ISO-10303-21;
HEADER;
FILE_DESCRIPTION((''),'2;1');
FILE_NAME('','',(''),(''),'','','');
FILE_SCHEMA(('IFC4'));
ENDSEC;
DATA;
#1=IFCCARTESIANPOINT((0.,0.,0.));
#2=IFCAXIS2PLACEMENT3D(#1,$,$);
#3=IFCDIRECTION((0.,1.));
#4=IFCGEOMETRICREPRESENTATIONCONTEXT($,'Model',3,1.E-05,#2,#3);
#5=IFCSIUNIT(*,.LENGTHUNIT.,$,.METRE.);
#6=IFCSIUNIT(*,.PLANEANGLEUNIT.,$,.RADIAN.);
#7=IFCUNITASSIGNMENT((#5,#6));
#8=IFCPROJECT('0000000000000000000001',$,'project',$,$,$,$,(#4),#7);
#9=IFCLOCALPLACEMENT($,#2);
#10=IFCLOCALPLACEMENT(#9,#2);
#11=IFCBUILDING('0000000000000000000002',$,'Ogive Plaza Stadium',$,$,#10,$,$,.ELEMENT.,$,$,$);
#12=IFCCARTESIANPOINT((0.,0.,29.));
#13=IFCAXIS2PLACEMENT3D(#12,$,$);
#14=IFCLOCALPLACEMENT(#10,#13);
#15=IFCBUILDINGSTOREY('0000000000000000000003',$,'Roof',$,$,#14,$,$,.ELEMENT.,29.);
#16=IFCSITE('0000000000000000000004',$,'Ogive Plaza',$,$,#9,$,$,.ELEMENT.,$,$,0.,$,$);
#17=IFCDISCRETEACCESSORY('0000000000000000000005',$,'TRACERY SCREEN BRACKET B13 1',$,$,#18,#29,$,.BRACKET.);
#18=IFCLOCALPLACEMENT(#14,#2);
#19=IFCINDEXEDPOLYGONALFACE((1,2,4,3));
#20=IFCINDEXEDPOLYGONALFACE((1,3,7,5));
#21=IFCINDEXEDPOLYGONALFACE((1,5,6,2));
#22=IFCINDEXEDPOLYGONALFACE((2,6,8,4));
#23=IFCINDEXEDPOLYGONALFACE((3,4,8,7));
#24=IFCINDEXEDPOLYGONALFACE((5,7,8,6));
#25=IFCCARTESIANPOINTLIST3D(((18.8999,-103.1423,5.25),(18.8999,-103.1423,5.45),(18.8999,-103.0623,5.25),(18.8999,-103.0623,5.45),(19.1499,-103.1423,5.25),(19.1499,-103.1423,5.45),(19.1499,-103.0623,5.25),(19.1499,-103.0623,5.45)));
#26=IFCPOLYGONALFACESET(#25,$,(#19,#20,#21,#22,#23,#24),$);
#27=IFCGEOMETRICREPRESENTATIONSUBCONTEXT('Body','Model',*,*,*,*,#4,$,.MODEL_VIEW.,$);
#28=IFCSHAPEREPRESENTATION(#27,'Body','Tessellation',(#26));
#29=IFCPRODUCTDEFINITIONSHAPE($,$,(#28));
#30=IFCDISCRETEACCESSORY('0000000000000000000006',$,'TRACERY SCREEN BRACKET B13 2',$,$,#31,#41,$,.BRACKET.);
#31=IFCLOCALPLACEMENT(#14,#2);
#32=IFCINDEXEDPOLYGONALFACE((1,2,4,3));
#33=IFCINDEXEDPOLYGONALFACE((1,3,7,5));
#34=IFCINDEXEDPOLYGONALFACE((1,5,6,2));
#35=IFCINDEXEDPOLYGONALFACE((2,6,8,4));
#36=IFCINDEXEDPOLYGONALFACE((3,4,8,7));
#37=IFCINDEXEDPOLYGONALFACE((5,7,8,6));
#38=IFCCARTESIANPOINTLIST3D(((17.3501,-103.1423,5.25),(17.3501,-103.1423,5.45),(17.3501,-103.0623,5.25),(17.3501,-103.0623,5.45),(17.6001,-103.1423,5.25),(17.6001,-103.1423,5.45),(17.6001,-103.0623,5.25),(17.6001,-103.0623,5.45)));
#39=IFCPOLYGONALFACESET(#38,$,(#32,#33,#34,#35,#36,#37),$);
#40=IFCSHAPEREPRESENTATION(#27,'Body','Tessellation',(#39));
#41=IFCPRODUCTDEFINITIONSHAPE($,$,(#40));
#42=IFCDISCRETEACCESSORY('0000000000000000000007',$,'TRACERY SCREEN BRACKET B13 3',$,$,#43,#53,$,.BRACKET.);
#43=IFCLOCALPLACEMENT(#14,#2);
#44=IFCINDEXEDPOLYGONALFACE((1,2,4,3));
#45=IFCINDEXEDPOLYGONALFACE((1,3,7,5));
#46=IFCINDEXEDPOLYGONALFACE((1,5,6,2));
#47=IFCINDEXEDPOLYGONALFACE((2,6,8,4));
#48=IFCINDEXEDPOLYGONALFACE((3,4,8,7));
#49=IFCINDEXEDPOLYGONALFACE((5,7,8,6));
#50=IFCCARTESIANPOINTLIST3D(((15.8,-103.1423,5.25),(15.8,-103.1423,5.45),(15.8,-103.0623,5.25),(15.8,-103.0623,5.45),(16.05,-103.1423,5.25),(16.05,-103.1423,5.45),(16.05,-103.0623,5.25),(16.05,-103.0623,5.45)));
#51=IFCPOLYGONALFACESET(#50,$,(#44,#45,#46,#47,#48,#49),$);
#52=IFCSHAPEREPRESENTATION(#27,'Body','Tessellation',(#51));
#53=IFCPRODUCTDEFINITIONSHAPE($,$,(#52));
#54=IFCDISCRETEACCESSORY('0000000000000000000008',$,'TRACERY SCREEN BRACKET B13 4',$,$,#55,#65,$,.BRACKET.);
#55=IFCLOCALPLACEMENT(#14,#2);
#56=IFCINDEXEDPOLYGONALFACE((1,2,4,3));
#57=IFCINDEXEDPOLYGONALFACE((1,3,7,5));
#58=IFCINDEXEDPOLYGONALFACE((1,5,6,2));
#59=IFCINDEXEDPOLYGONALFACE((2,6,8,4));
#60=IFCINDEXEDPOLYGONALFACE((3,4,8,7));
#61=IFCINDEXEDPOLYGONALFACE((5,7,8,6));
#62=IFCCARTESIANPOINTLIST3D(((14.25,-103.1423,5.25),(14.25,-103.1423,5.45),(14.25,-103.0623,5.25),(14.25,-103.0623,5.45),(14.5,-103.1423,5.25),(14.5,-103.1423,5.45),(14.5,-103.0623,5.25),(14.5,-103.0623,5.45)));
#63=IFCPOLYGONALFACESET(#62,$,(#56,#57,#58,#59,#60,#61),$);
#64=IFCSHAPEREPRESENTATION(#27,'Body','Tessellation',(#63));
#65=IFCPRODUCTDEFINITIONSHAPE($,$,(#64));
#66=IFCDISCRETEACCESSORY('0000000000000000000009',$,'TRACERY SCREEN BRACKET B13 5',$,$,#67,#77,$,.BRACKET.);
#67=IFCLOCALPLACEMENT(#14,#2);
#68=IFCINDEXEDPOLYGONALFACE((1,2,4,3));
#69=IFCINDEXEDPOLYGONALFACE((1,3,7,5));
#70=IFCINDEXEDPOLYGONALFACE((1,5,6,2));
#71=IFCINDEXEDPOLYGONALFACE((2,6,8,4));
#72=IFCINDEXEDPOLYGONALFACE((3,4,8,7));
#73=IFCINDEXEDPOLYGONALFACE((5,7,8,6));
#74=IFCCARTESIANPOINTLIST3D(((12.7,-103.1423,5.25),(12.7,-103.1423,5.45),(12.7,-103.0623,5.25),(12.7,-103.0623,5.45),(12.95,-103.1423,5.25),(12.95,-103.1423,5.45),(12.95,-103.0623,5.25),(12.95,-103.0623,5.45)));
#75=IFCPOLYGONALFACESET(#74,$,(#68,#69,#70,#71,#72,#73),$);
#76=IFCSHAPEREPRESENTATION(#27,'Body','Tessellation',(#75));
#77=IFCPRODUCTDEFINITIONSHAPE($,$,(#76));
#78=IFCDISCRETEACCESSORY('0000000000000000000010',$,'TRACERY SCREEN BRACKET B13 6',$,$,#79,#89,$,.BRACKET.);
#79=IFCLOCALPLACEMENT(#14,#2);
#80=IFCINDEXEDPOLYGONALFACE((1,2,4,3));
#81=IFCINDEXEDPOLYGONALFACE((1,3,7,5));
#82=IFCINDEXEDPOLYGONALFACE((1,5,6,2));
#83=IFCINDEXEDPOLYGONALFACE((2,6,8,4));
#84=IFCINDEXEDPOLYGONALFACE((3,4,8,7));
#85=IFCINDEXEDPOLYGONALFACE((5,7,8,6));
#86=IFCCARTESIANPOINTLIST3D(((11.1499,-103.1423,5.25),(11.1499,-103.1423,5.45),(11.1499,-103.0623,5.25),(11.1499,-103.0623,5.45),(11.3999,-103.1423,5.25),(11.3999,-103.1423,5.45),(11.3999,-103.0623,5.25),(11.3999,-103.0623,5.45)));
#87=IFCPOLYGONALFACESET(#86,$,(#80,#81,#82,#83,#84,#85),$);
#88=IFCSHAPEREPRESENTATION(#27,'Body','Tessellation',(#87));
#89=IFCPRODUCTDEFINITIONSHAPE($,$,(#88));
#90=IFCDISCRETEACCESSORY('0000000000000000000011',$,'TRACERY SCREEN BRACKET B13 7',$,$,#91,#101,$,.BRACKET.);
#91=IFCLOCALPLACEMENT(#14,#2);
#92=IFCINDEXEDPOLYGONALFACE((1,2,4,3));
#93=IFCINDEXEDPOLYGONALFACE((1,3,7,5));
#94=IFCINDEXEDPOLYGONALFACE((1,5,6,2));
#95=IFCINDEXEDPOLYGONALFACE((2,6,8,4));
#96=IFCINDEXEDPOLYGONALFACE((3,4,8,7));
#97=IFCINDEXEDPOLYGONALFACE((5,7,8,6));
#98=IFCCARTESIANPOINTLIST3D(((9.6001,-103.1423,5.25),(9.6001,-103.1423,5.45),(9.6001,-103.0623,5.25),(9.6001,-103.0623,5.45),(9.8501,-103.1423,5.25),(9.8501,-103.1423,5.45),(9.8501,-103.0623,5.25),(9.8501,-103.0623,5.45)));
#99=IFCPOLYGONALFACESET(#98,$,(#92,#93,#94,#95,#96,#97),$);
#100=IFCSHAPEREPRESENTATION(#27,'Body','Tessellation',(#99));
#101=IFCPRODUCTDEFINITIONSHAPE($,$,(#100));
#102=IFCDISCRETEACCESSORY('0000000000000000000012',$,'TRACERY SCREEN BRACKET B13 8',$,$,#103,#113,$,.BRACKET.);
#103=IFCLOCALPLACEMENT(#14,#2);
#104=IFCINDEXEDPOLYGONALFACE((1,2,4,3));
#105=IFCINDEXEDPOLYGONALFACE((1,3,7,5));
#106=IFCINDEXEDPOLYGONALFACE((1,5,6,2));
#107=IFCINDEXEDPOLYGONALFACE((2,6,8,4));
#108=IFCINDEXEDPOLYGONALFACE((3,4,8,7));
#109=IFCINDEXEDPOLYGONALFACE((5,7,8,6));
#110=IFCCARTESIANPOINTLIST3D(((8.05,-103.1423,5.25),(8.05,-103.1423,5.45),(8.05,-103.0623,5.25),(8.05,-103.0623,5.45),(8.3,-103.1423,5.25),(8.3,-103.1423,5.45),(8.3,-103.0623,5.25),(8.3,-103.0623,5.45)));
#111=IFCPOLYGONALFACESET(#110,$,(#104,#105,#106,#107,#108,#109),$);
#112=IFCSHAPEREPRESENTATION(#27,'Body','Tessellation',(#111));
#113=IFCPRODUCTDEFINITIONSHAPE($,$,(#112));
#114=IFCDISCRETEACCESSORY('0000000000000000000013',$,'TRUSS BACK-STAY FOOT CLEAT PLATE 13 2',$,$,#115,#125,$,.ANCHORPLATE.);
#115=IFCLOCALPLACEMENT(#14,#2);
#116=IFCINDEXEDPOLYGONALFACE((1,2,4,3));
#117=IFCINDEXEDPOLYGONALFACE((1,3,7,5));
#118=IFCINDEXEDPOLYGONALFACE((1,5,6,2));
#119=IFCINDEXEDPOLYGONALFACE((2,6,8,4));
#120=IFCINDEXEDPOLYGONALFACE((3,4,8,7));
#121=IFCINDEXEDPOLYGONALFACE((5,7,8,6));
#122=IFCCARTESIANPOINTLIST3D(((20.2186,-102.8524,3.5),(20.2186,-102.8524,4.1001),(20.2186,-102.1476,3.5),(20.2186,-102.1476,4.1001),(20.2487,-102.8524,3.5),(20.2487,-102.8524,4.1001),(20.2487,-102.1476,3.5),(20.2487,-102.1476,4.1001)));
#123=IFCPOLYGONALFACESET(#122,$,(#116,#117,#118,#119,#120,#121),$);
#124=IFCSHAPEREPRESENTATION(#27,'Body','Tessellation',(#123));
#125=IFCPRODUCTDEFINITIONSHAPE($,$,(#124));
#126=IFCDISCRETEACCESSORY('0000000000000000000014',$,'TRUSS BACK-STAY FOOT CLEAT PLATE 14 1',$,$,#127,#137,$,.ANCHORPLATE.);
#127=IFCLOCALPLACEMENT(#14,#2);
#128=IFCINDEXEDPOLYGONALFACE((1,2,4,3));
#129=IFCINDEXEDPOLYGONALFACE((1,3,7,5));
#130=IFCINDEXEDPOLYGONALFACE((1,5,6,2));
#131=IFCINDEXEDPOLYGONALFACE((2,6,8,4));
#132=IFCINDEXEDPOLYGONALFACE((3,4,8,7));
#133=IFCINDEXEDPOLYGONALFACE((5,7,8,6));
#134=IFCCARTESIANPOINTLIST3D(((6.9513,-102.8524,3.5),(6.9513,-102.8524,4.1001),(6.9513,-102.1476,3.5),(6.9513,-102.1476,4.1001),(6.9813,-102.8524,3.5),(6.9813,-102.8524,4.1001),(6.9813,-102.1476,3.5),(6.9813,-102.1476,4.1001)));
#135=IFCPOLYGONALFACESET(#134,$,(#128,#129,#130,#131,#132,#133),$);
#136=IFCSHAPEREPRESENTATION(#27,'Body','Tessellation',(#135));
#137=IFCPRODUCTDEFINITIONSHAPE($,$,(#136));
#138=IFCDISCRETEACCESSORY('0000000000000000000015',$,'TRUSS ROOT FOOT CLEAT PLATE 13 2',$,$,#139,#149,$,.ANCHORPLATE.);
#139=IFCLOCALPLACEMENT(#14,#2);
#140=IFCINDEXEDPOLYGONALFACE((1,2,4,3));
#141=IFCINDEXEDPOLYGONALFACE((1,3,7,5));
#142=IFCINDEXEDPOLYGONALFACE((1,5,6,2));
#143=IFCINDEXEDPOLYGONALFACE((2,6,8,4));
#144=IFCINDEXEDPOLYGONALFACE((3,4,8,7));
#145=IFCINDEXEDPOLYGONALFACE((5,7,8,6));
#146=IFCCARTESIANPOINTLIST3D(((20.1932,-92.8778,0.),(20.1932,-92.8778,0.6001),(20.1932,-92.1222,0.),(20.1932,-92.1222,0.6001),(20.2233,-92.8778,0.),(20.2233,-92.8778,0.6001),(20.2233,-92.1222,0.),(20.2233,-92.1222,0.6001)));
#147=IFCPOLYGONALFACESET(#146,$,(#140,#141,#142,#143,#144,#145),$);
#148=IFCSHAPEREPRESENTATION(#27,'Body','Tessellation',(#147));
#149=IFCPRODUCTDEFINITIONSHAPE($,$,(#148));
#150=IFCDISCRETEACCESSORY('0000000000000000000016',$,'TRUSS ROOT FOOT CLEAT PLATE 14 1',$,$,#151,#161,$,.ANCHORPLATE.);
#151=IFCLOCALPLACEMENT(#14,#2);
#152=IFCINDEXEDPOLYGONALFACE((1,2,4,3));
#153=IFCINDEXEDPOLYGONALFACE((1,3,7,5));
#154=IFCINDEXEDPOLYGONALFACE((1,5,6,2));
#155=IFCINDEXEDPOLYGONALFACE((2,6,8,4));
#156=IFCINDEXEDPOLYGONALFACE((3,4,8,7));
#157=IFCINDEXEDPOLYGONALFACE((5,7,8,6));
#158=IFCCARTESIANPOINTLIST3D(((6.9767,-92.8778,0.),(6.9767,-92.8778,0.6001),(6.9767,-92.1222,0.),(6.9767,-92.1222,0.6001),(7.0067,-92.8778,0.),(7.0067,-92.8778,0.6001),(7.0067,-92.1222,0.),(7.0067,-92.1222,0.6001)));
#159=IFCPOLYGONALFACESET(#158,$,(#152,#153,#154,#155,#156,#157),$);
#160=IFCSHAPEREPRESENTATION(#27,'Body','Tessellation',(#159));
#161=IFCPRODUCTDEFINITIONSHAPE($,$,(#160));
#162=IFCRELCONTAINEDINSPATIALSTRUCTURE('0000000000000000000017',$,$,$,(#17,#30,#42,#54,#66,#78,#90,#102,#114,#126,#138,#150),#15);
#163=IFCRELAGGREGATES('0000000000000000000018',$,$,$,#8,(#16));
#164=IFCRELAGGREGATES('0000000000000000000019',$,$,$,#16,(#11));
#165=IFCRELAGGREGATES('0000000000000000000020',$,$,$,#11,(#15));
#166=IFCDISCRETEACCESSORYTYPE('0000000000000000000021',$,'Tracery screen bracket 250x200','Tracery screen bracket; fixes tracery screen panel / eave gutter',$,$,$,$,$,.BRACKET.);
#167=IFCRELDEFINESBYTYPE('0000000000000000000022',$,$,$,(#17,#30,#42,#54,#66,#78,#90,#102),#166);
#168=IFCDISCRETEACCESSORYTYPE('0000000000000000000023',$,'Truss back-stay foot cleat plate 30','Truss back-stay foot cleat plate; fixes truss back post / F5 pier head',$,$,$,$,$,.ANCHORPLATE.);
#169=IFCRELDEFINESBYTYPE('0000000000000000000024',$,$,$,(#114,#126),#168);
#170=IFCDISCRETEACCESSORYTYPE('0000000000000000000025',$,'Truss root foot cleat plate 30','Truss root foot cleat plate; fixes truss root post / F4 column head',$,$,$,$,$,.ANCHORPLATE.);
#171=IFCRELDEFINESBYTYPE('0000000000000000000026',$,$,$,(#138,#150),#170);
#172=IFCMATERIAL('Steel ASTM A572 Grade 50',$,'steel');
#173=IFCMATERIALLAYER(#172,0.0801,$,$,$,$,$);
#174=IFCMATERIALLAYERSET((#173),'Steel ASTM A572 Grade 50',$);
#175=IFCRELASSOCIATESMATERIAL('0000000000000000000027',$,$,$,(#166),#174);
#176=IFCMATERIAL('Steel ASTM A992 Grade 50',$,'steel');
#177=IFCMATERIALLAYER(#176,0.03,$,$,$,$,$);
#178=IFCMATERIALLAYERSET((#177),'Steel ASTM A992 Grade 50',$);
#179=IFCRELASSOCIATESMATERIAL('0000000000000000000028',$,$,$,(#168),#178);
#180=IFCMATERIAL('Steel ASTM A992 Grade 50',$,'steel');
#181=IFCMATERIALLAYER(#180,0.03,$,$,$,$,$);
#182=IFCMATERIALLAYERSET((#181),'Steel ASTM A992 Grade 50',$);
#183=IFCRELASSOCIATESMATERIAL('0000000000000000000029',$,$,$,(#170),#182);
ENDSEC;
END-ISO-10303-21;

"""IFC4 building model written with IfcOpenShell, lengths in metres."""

from ifc_helpers import new_model, si_unit, direction, frame, origin, origin_2d, place, context, subcontext, project, spatial, rectangle, extrude, material, layer, layer_set, type_object, element, save


model = new_model("IFC4")

# Units and contexts
model_context = context("Model", 3, precision=1e-05, world=origin(), true_north=direction((0.0, 1.0)))
body_context = subcontext(model_context, "Body", "Model", "MODEL_VIEW")
ifc_project = project(units=[si_unit("LENGTHUNIT", "METRE"), si_unit("PLANEANGLEUNIT", "RADIAN")], contexts=[model_context])

# Site, building, storey
site_placement = place(None, origin())
site = spatial("IfcSite", under=ifc_project, at=site_placement, Name="Ogive Plaza", CompositionType="ELEMENT", RefElevation=0.0)
building_placement = place(site_placement, origin())
building = spatial("IfcBuilding", under=site, at=building_placement, Name="Ogive Plaza Stadium", CompositionType="ELEMENT")
storey_placement = place(building_placement, frame((0.0, 0.0, 29.0)))
storey = spatial("IfcBuildingStorey", under=building, at=storey_placement, Name="Roof", CompositionType="ELEMENT", Elevation=29.0)

# Discrete accessories
ifc_material_1 = material(Name="Steel ASTM A572 Grade 50", Category="steel")
ifc_layer_1 = layer(ifc_material_1, 0.0801)
ifc_layer_set_1 = layer_set([ifc_layer_1], Name="Steel ASTM A572 Grade 50")
discrete_accessory_type_1 = type_object("IfcDiscreteAccessoryType", Name="Tracery screen bracket 250x200", Description="Tracery screen bracket; fixes tracery screen panel / eave gutter", PredefinedType="BRACKET", material=ifc_layer_set_1)
for number, where, z_axis, x_axis, name in (
    (1, (19.0249, -103.1023, 5.25), (0.0, 0.0, 1.0), (-1.0, 0.0, 0.0), "TRACERY SCREEN BRACKET B13 1"),
    (2, (17.4751, -103.1023, 5.25), (0.0, 0.0, 1.0), (-1.0, 0.0, 0.0), "TRACERY SCREEN BRACKET B13 2"),
    (3, (15.925, -103.1023, 5.25), (0.0, 0.0, 1.0), (-1.0, 0.0, 0.0), "TRACERY SCREEN BRACKET B13 3"),
    (4, (14.375, -103.1023, 5.25), (0.0, 0.0, 1.0), (-1.0, 0.0, 0.0), "TRACERY SCREEN BRACKET B13 4"),
    (5, (12.825, -103.1023, 5.25), (0.0, 0.0, 1.0), (-1.0, 0.0, 0.0), "TRACERY SCREEN BRACKET B13 5"),
    (6, (11.2749, -103.1023, 5.25), (0.0, 0.0, 1.0), (-1.0, 0.0, 0.0), "TRACERY SCREEN BRACKET B13 6"),
    (7, (9.7251, -103.1023, 5.25), (0.0, 0.0, 1.0), (-1.0, 0.0, 0.0), "TRACERY SCREEN BRACKET B13 7"),
    (8, (8.175, -103.1023, 5.25), (0.0, 0.0, 1.0), (-1.0, 0.0, 0.0), "TRACERY SCREEN BRACKET B13 8"),
):
    element("IfcDiscreteAccessory", number, at=place(storey_placement, frame(where, z_axis=z_axis, x_axis=x_axis)), inside=storey, type_object=discrete_accessory_type_1, Name=name, PredefinedType="BRACKET", context=body_context, shape_type="SweptSolid", body=[
        extrude(rectangle(XDim=0.25, YDim=0.0801, at=origin_2d()), origin(), (0.0, 0.0, 1.0), 0.2),
    ])
ifc_material_2 = material(Name="Steel ASTM A992 Grade 50", Category="steel")
ifc_layer_2 = layer(ifc_material_2, 0.03)
ifc_layer_set_2 = layer_set([ifc_layer_2], Name="Steel ASTM A992 Grade 50")
discrete_accessory_type_2 = type_object("IfcDiscreteAccessoryType", Name="Truss back-stay foot cleat plate 30", Description="Truss back-stay foot cleat plate; fixes truss back post / F5 pier head", PredefinedType="ANCHORPLATE", material=ifc_layer_set_2)
for number, where, z_axis, x_axis, name in (
    (9, (20.2336, -102.5, 3.5), (0.0, 0.0, 1.0), (0.0, -1.0, 0.0), "TRUSS BACK-STAY FOOT CLEAT PLATE 13 2"),
    (10, (6.9663, -102.5, 3.5), (0.0, 0.0, 1.0), (0.0, -1.0, 0.0), "TRUSS BACK-STAY FOOT CLEAT PLATE 14 1"),
):
    element("IfcDiscreteAccessory", number, at=place(storey_placement, frame(where, z_axis=z_axis, x_axis=x_axis)), inside=storey, type_object=discrete_accessory_type_2, Name=name, PredefinedType="ANCHORPLATE", context=body_context, shape_type="SweptSolid", body=[
        extrude(rectangle(XDim=0.7048, YDim=0.03, at=origin_2d()), origin(), (0.0, 0.0, 1.0), 0.6001),
    ])
ifc_material_3 = material(Name="Steel ASTM A992 Grade 50", Category="steel")
ifc_layer_3 = layer(ifc_material_3, 0.03)
ifc_layer_set_3 = layer_set([ifc_layer_3], Name="Steel ASTM A992 Grade 50")
discrete_accessory_type_3 = type_object("IfcDiscreteAccessoryType", Name="Truss root foot cleat plate 30", Description="Truss root foot cleat plate; fixes truss root post / F4 column head", PredefinedType="ANCHORPLATE", material=ifc_layer_set_3)
for number, where, z_axis, x_axis, name in (
    (11, (20.2083, -92.5, 0.0), (0.0, 0.0, 1.0), (0.0, -1.0, 0.0), "TRUSS ROOT FOOT CLEAT PLATE 13 2"),
    (12, (6.9917, -92.5, 0.0), (0.0, 0.0, 1.0), (0.0, -1.0, 0.0), "TRUSS ROOT FOOT CLEAT PLATE 14 1"),
):
    element("IfcDiscreteAccessory", number, at=place(storey_placement, frame(where, z_axis=z_axis, x_axis=x_axis)), inside=storey, type_object=discrete_accessory_type_3, Name=name, PredefinedType="ANCHORPLATE", context=body_context, shape_type="SweptSolid", body=[
        extrude(rectangle(XDim=0.7556, YDim=0.03, at=origin_2d()), origin(), (0.0, 0.0, 1.0), 0.6001),
    ])

save(model, "model.ifc")
